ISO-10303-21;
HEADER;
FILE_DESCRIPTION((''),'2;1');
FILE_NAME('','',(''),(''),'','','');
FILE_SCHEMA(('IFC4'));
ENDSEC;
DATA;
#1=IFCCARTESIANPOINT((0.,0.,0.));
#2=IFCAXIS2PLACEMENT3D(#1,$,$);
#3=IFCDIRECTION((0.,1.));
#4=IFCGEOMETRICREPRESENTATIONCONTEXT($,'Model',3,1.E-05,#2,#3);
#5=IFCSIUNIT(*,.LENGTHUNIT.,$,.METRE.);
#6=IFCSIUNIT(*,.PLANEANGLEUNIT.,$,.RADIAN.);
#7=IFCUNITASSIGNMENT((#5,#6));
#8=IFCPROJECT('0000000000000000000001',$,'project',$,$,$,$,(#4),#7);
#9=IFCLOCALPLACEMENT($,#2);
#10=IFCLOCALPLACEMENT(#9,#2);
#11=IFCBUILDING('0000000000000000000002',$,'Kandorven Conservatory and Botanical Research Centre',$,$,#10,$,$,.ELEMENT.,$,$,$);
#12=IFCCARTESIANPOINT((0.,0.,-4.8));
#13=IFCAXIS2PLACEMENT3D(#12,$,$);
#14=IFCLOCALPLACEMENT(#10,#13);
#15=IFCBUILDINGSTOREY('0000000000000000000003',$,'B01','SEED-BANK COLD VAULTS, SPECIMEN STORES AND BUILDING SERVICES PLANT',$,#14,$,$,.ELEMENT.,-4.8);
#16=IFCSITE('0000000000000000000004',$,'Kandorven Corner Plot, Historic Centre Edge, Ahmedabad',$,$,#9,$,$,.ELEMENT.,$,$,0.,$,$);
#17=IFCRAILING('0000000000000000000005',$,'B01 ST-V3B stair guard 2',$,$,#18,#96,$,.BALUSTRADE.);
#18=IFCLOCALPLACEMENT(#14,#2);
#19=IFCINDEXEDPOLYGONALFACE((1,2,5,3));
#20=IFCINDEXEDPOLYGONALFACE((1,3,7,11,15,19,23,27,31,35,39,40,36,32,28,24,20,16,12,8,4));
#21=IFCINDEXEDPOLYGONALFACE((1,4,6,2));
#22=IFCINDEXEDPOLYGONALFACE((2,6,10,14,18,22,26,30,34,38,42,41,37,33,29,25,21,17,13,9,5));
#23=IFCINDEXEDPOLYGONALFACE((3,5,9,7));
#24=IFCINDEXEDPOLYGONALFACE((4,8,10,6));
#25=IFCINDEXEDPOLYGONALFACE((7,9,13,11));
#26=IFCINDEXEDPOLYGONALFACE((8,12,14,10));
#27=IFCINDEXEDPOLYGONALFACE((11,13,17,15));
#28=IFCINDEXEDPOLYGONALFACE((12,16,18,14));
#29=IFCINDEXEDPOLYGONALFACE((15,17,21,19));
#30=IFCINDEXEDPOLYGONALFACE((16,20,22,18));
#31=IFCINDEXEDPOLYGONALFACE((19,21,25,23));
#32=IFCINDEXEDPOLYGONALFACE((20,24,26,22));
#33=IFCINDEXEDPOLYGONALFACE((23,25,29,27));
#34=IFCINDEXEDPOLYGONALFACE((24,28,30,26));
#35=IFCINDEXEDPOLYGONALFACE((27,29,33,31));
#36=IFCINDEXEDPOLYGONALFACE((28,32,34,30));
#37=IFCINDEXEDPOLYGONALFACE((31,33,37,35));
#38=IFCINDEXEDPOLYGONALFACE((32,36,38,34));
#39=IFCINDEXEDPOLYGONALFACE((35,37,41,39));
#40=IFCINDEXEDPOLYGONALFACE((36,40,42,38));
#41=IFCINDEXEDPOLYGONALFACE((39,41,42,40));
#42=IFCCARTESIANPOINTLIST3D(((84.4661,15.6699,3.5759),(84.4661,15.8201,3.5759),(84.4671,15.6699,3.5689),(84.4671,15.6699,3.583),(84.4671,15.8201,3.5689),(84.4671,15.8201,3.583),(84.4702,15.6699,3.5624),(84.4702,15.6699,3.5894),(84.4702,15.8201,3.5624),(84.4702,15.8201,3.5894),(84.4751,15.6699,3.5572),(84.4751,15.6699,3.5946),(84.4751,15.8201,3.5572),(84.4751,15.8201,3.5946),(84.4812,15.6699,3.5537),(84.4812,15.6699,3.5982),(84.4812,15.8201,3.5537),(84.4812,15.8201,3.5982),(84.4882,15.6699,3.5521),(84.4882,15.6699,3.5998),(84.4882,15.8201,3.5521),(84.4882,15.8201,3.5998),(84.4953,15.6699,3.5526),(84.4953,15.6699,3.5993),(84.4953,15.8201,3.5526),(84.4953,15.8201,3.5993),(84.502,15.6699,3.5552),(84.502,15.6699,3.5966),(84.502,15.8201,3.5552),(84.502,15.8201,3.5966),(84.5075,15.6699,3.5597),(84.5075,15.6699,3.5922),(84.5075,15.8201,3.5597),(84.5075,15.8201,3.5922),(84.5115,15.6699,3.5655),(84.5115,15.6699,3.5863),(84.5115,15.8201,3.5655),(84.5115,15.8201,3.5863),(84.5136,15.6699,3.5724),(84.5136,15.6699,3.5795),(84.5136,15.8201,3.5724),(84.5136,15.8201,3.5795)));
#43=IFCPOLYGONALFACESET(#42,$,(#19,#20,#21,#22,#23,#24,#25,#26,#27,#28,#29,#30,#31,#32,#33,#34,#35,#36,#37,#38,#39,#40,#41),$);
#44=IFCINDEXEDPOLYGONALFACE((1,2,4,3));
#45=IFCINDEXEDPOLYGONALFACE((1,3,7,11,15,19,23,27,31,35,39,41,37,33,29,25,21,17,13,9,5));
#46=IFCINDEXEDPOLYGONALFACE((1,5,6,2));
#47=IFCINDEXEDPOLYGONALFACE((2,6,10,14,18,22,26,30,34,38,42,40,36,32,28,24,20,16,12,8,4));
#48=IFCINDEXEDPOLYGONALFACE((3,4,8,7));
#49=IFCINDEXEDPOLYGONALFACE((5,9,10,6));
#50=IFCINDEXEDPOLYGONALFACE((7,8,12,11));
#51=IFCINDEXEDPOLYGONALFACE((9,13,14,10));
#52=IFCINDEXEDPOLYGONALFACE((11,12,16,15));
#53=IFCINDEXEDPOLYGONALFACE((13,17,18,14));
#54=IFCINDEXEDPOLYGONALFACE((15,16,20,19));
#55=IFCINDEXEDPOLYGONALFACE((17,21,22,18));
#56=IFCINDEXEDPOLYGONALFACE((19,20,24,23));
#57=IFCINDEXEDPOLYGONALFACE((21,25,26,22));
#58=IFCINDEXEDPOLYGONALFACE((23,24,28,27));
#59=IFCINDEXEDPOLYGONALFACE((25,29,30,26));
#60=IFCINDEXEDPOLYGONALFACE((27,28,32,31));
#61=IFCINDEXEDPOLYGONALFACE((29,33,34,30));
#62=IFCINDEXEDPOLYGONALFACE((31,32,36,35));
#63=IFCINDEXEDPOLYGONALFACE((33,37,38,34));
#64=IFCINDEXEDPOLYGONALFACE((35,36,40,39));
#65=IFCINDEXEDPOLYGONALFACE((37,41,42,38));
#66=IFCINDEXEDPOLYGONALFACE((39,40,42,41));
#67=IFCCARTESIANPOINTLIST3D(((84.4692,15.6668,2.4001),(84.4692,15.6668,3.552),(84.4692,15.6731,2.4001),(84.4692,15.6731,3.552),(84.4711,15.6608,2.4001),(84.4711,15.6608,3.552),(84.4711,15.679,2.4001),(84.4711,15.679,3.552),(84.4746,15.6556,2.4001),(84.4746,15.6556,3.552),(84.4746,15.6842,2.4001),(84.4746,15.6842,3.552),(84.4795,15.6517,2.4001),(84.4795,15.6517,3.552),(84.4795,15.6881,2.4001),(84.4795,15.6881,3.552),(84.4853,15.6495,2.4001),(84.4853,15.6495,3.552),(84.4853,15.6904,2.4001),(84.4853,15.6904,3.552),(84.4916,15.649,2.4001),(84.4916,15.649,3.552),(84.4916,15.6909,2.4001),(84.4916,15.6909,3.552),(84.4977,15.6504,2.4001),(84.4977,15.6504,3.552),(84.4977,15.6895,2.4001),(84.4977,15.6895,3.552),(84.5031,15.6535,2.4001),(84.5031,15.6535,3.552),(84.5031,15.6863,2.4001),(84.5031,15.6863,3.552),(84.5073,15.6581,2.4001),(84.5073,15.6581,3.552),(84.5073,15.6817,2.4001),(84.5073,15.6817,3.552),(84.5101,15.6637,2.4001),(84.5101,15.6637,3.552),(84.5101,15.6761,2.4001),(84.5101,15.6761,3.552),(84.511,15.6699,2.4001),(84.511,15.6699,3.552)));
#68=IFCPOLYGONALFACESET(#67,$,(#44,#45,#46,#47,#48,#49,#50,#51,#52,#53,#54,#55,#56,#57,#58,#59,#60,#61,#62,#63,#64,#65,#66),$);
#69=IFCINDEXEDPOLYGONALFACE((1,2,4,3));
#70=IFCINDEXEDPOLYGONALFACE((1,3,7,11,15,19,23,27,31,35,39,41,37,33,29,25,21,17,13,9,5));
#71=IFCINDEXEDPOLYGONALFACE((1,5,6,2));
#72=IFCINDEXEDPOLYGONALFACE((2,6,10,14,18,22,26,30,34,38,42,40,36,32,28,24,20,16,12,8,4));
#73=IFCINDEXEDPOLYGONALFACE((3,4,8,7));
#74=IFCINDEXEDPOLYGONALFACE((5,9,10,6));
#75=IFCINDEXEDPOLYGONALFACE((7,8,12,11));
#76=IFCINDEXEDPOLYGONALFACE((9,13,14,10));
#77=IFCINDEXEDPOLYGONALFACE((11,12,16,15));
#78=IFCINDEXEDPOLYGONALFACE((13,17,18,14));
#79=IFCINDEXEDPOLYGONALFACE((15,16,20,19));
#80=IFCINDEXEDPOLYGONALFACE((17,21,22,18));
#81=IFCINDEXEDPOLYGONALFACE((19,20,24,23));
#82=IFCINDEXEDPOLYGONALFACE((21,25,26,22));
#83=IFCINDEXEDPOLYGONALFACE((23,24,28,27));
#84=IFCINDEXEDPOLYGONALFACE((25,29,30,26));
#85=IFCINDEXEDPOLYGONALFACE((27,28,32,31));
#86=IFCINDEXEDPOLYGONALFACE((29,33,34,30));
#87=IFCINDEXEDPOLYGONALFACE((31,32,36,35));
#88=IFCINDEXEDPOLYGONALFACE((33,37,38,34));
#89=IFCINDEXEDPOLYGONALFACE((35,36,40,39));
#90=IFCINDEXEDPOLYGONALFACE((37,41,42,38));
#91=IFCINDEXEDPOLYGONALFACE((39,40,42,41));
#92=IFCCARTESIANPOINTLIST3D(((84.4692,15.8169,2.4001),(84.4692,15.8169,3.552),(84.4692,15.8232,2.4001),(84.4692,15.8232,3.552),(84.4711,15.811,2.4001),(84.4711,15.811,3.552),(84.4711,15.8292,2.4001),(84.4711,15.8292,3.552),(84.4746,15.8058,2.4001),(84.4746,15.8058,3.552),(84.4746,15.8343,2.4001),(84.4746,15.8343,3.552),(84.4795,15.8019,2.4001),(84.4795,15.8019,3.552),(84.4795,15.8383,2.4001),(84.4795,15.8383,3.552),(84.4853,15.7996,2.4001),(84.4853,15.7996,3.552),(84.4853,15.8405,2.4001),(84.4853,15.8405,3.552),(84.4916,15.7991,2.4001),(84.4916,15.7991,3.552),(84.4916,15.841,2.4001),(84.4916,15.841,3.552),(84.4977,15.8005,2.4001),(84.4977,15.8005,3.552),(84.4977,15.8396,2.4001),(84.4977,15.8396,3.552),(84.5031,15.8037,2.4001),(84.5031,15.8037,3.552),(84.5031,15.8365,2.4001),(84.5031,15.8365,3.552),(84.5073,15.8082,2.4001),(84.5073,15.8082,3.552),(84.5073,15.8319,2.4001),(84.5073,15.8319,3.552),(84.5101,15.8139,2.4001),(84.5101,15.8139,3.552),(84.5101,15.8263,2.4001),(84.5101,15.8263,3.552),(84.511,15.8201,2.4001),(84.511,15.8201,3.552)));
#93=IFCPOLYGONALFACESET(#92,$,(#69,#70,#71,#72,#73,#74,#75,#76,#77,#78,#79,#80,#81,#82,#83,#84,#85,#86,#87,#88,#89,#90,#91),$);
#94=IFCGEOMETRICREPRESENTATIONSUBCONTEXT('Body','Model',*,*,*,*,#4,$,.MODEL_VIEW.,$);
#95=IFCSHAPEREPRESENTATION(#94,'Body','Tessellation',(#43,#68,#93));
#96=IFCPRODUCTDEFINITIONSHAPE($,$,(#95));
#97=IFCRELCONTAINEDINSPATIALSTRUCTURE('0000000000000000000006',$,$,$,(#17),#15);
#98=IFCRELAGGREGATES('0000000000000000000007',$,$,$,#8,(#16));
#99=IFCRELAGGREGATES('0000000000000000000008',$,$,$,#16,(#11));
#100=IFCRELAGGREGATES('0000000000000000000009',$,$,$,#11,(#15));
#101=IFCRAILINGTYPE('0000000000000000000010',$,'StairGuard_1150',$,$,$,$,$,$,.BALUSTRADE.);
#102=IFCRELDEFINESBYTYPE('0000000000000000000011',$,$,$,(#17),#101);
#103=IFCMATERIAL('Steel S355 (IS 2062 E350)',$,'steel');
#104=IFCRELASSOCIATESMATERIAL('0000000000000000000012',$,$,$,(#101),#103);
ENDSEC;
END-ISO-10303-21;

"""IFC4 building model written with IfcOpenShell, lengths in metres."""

from ifc_helpers import new_model, si_unit, direction, frame, origin, origin_2d, place, context, subcontext, project, spatial, circle, extrude, material, type_object, element, save


model = new_model("IFC4")

# Units and contexts
model_context = context("Model", 3, precision=1e-05, world=origin(), true_north=direction((0.0, 1.0)))
body_context = subcontext(model_context, "Body", "Model", "MODEL_VIEW")
ifc_project = project(units=[si_unit("LENGTHUNIT", "METRE"), si_unit("PLANEANGLEUNIT", "RADIAN")], contexts=[model_context])

# Site, building, storey
site_placement = place(None, origin())
site = spatial("IfcSite", under=ifc_project, at=site_placement, Name="Kandorven Corner Plot, Historic Centre Edge, Ahmedabad", CompositionType="ELEMENT", RefElevation=0.0)
building_placement = place(site_placement, origin())
building = spatial("IfcBuilding", under=site, at=building_placement, Name="Kandorven Conservatory and Botanical Research Centre", CompositionType="ELEMENT")
storey_placement = place(building_placement, frame((0.0, 0.0, -4.8)))
storey = spatial("IfcBuildingStorey", under=building, at=storey_placement, Name="B01", Description="SEED-BANK COLD VAULTS, SPECIMEN STORES AND BUILDING SERVICES PLANT", CompositionType="ELEMENT", Elevation=-4.8)

# Railing
ifc_material_1 = material(Name="Steel S355 (IS 2062 E350)", Category="steel")
railing_type_1 = type_object("IfcRailingType", Name="StairGuard_1150", PredefinedType="BALUSTRADE", material=ifc_material_1)
railing_1_placement = place(storey_placement, frame((84.49, 15.6699, 2.4001)))
element("IfcRailing", 1, at=railing_1_placement, inside=storey, type_object=railing_type_1, Name="B01 ST-V3B stair guard 2", PredefinedType="BALUSTRADE", context=body_context, shape_type="SweptSolid", body=[
    extrude(circle(Radius=0.0239, at=origin_2d()), frame((0.0, 0.0, 1.1758), z_axis=(0.0, 1.0, 0.0), x_axis=(-1.0, 0.0, 0.0)), (0.0, 0.0, 1.0), 0.1501),
    extrude(circle(Radius=0.021, at=origin_2d()), origin(), (0.0, 0.0, 1.0), 1.1519),
    extrude(circle(Radius=0.021, at=origin_2d()), frame((0.0, 0.1501, 0.0)), (0.0, 0.0, 1.0), 1.1519),
])

save(model, "model.ifc")
